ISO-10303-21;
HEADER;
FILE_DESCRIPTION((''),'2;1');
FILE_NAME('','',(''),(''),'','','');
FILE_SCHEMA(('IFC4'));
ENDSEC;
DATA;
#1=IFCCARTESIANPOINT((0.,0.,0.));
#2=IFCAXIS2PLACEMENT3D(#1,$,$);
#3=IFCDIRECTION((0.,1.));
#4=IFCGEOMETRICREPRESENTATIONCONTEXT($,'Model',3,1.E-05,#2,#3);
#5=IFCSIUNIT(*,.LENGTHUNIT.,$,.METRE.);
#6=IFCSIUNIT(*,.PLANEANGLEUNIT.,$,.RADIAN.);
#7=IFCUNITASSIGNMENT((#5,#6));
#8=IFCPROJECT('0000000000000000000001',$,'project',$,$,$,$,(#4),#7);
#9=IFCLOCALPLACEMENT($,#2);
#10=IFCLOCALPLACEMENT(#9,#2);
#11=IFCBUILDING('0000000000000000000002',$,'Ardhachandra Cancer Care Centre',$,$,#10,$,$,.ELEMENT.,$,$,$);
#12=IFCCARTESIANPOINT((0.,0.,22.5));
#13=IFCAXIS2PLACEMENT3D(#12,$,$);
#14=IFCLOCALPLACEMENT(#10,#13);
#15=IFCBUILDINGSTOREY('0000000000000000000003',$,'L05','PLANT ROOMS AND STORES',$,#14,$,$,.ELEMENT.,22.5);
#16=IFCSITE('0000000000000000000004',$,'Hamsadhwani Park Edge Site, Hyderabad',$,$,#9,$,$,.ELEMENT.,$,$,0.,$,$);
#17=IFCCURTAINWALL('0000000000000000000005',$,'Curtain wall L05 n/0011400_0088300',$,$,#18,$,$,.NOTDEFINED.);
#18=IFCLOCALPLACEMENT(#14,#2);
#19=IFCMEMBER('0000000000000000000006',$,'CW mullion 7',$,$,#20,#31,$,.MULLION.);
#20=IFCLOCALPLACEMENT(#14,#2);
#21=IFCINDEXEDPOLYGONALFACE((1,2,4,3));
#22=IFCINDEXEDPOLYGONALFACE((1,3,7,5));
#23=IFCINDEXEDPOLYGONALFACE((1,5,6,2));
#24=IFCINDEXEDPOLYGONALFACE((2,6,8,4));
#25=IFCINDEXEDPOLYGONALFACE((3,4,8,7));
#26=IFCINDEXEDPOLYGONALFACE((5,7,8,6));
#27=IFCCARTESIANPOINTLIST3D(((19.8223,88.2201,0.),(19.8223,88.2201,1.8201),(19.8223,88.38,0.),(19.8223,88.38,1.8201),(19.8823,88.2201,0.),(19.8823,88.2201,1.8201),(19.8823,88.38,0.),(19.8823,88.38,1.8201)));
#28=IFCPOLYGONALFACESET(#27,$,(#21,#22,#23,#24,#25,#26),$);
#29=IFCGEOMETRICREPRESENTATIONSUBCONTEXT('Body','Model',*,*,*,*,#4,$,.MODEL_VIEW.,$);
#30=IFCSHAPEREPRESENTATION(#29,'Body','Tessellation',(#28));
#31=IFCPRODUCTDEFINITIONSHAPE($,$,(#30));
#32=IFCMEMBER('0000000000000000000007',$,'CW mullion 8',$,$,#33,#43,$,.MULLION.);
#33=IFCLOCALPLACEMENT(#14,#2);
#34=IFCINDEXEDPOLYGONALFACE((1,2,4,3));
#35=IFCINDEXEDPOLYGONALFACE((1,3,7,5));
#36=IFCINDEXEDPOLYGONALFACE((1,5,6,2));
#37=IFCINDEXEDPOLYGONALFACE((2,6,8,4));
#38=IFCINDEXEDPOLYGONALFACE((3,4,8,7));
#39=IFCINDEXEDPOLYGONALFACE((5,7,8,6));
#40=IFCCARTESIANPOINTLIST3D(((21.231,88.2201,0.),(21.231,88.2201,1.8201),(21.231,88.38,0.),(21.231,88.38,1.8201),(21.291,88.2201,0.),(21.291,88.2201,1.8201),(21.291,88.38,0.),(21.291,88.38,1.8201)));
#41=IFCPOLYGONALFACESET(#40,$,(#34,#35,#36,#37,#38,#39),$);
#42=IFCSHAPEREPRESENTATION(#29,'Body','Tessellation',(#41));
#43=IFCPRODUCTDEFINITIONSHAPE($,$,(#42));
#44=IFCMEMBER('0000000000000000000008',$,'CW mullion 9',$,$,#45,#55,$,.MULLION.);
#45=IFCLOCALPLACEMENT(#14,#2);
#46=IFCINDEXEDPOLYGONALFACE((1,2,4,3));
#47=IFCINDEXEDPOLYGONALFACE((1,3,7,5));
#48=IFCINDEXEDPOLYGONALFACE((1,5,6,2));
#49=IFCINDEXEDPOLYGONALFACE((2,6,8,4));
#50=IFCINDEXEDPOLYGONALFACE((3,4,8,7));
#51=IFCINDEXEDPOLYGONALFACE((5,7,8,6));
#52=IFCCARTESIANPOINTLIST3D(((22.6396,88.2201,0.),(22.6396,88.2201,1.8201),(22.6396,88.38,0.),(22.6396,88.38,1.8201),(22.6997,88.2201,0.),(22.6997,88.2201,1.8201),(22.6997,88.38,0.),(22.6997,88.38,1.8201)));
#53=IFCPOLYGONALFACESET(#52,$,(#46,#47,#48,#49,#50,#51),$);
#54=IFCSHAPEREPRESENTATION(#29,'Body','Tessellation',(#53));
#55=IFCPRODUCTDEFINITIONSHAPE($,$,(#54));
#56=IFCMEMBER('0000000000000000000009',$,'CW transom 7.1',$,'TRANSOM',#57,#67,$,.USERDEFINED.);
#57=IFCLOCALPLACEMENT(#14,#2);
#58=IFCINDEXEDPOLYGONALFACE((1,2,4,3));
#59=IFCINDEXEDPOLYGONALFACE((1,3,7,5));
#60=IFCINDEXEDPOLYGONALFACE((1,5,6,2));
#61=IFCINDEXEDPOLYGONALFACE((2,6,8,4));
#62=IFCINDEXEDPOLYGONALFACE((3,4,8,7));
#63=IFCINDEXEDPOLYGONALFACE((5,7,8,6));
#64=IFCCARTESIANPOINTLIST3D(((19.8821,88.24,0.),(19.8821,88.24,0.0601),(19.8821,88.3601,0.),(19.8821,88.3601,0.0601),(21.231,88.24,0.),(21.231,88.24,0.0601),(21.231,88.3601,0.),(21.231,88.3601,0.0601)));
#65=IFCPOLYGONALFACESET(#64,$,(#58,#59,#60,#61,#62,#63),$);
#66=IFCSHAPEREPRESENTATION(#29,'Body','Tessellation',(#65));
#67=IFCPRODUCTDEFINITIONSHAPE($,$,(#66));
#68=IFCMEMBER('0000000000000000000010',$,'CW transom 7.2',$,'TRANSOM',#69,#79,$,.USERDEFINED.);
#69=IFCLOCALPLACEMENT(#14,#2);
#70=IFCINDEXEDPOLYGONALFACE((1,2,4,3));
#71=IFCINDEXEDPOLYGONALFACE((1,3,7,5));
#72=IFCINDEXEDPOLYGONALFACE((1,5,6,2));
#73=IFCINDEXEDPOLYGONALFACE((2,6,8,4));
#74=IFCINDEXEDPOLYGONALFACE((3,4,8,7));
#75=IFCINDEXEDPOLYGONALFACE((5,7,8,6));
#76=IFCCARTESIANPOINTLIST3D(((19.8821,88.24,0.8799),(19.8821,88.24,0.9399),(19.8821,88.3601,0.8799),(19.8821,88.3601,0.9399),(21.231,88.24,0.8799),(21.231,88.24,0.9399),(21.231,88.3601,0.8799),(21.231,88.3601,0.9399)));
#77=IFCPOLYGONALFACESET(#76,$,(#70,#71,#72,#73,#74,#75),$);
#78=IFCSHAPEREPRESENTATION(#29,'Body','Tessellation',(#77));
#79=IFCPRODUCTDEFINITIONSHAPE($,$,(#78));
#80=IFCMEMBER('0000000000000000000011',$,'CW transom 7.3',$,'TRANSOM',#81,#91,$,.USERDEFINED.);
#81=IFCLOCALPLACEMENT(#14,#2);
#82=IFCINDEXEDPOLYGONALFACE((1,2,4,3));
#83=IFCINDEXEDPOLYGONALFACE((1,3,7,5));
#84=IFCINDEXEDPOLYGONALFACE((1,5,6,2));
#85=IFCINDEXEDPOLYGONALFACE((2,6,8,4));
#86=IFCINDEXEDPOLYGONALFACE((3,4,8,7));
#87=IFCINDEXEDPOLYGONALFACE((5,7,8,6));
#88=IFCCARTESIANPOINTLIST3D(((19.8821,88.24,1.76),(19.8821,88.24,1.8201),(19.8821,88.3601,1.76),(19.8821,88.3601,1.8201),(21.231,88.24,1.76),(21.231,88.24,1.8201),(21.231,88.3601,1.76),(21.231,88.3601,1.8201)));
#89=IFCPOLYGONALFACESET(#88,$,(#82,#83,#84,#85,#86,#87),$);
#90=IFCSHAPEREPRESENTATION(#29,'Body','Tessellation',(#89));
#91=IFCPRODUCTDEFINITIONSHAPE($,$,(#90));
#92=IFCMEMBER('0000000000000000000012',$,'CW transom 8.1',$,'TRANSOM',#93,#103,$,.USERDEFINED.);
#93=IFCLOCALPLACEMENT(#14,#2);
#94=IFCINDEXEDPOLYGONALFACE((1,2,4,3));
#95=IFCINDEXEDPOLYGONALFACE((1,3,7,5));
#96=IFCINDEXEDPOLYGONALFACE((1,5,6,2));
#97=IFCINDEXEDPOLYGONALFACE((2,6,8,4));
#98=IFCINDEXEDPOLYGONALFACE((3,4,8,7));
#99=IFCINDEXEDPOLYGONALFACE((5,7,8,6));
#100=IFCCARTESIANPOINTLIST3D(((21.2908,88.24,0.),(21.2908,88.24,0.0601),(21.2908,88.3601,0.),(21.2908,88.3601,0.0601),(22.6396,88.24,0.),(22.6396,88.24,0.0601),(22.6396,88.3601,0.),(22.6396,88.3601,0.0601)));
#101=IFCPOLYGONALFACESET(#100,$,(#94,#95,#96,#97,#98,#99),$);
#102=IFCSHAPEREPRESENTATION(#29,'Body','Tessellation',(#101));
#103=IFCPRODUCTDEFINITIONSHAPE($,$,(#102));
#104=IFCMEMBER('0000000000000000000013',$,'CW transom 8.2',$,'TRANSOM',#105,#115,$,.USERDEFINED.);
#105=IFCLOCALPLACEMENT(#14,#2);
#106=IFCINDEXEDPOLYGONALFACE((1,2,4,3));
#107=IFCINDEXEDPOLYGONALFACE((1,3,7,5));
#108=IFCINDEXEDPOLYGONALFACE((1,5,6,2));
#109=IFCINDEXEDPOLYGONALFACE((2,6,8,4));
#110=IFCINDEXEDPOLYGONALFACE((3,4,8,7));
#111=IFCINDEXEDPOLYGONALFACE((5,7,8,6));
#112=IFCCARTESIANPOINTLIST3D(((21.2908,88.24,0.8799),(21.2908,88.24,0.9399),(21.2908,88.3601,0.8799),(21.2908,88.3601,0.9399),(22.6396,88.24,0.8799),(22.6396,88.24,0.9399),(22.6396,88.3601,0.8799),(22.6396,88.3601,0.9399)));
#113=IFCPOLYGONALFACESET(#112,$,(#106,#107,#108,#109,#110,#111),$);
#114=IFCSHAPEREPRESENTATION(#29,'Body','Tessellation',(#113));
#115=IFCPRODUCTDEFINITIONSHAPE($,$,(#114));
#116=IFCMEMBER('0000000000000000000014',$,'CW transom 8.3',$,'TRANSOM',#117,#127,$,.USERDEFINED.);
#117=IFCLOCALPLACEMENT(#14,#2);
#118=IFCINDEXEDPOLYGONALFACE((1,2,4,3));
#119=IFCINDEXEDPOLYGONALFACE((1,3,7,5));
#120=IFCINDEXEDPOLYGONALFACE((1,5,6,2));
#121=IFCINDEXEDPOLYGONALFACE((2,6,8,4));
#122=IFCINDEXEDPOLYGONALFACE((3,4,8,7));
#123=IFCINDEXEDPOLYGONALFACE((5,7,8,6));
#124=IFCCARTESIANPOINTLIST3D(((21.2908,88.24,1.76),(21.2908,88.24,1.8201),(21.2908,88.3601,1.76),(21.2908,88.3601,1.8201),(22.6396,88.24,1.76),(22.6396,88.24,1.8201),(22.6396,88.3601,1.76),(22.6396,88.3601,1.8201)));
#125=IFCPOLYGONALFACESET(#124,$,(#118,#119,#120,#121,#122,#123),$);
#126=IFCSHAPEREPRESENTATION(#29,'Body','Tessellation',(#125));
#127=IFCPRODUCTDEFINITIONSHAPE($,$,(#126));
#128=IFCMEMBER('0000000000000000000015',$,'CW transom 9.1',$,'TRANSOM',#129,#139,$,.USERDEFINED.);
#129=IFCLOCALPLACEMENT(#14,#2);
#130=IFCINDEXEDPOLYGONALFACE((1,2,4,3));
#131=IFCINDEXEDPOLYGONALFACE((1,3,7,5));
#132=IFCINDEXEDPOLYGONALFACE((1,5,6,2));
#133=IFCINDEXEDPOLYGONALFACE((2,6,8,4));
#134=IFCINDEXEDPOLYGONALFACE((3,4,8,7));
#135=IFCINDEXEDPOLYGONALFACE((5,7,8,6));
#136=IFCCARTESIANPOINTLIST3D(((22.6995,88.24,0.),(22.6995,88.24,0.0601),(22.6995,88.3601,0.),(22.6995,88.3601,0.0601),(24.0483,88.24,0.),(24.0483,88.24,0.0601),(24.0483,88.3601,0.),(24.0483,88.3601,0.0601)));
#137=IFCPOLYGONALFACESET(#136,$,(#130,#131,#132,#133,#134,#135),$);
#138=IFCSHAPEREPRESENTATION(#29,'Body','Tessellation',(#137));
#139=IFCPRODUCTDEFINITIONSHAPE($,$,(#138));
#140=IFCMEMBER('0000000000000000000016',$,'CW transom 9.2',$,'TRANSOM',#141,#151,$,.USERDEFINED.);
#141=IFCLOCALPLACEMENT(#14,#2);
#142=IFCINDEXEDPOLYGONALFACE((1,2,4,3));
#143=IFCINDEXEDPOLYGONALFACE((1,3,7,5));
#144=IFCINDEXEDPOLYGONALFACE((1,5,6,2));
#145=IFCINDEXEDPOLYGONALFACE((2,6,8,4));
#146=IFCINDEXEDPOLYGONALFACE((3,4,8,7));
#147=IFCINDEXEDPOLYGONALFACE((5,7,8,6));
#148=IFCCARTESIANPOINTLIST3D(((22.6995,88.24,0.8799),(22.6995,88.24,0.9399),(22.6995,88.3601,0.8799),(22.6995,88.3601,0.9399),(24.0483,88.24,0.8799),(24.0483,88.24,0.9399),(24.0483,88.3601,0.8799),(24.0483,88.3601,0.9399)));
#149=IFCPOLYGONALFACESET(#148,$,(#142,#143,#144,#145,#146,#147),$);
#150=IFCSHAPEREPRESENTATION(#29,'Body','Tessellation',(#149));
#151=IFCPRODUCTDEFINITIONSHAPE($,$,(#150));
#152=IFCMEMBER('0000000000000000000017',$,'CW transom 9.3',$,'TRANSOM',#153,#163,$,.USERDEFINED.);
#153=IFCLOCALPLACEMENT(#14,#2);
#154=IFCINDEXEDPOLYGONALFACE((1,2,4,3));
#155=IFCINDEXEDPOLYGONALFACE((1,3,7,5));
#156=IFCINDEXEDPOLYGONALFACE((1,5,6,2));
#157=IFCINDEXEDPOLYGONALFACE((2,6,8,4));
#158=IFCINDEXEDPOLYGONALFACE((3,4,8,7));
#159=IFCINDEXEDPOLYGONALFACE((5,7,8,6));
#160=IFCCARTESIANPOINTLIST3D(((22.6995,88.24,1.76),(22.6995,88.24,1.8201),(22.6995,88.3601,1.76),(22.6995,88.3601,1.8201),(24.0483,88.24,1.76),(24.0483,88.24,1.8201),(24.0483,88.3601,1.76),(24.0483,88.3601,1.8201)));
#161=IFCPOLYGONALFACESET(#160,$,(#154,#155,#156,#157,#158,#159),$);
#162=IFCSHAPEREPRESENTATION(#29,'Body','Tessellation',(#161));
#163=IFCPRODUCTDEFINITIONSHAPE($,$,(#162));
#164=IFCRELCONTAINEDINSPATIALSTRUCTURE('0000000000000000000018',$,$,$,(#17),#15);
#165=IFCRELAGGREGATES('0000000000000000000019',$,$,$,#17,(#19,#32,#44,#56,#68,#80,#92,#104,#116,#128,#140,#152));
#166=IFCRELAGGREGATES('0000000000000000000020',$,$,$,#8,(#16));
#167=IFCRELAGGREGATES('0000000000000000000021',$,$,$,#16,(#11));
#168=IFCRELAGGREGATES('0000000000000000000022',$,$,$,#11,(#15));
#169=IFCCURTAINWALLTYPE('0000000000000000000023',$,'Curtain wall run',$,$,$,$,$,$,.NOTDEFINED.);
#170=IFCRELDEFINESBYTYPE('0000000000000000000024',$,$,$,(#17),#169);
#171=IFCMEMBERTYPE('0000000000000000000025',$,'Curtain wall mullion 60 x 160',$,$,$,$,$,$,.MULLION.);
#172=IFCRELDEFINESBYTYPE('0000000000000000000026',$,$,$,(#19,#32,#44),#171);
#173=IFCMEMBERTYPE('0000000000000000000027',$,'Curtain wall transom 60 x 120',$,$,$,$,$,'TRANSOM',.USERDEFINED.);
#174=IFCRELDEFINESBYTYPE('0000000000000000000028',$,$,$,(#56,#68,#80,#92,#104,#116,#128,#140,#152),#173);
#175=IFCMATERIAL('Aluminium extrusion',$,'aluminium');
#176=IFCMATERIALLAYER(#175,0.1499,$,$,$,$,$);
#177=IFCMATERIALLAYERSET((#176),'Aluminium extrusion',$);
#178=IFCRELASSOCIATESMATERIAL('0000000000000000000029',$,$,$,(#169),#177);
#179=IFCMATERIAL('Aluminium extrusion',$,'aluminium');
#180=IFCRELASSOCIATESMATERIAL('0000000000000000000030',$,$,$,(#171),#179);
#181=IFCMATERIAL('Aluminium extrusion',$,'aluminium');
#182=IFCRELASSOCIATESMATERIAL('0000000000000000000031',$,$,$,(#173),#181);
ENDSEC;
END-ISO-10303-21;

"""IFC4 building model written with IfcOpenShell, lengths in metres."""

from ifc_helpers import new_model, si_unit, direction, frame, origin, origin_2d, place, context, subcontext, project, spatial, rectangle, extrude, material, layer, layer_set, material_profile, profile_set, type_object, element, aggregate, save


model = new_model("IFC4")

# Units and contexts
model_context = context("Model", 3, precision=1e-05, world=origin(), true_north=direction((0.0, 1.0)))
body_context = subcontext(model_context, "Body", "Model", "MODEL_VIEW")
ifc_project = project(units=[si_unit("LENGTHUNIT", "METRE"), si_unit("PLANEANGLEUNIT", "RADIAN")], contexts=[model_context])

# Site, building, storey
site_placement = place(None, origin())
site = spatial("IfcSite", under=ifc_project, at=site_placement, Name="Hamsadhwani Park Edge Site, Hyderabad", CompositionType="ELEMENT", RefElevation=0.0)
building_placement = place(site_placement, origin())
building = spatial("IfcBuilding", under=site, at=building_placement, Name="Ardhachandra Cancer Care Centre", CompositionType="ELEMENT")
storey_placement = place(building_placement, frame((0.0, 0.0, 22.5)))
storey = spatial("IfcBuildingStorey", under=building, at=storey_placement, Name="L05", Description="PLANT ROOMS AND STORES", CompositionType="ELEMENT", Elevation=22.5)

# Curtain wall, members
ifc_material_1 = material(Name="Aluminium extrusion", Category="aluminium")
ifc_layer_1 = layer(ifc_material_1, 0.1499)
ifc_layer_set_1 = layer_set([ifc_layer_1], Name="Aluminium extrusion")
curtain_wall_type = type_object("IfcCurtainWallType", Name="Curtain wall run", PredefinedType="NOTDEFINED", material=ifc_layer_set_1)
curtain_wall_placement = place(storey_placement, origin())
curtain_wall = element("IfcCurtainWall", 1, at=curtain_wall_placement, inside=storey, type_object=curtain_wall_type, Name="Curtain wall L05 n/0011400_0088300", PredefinedType="NOTDEFINED")
ifc_material_2 = material(Name="Aluminium extrusion", Category="aluminium")
ifc_material_profile_1 = material_profile(ifc_material_2, rectangle(XDim=0.1599, YDim=0.0601, at=origin_2d()), Name="Curtain wall mullion 60 x 160")
ifc_profile_set_1 = profile_set([ifc_material_profile_1], Name="Aluminium extrusion")
member_type_1 = type_object("IfcMemberType", Name="Curtain wall mullion 60 x 160", PredefinedType="MULLION", material=ifc_profile_set_1)
member_1_placement = place(storey_placement, frame((19.8523, 88.3, 0.0), z_axis=(0.0, 0.0, 1.0), x_axis=(0.0, 1.0, 0.0)))
member_1 = element("IfcMember", 2, at=member_1_placement, type_object=member_type_1, Name="CW mullion 7", PredefinedType="MULLION", context=body_context, shape_type="SweptSolid", body=[
    extrude(rectangle(XDim=0.1599, YDim=0.0601, at=origin_2d()), origin(), (0.0, 0.0, 1.0), 1.8201),
])
member_2_placement = place(storey_placement, frame((21.261, 88.3, 0.0), z_axis=(0.0, 0.0, 1.0), x_axis=(0.0, 1.0, 0.0)))
member_2 = element("IfcMember", 3, at=member_2_placement, type_object=member_type_1, Name="CW mullion 8", PredefinedType="MULLION", context=body_context, shape_type="SweptSolid", body=[
    extrude(rectangle(XDim=0.1599, YDim=0.0601, at=origin_2d()), origin(), (0.0, 0.0, 1.0), 1.8201),
])
member_3_placement = place(storey_placement, frame((22.6697, 88.3, 0.0), z_axis=(0.0, 0.0, 1.0), x_axis=(0.0, 1.0, 0.0)))
member_3 = element("IfcMember", 4, at=member_3_placement, type_object=member_type_1, Name="CW mullion 9", PredefinedType="MULLION", context=body_context, shape_type="SweptSolid", body=[
    extrude(rectangle(XDim=0.1599, YDim=0.0601, at=origin_2d()), origin(), (0.0, 0.0, 1.0), 1.8201),
])
ifc_material_3 = material(Name="Aluminium extrusion", Category="aluminium")
ifc_material_profile_2 = material_profile(ifc_material_3, rectangle(XDim=0.1201, YDim=0.0601, at=origin_2d()), Name="Curtain wall transom 60 x 120")
ifc_profile_set_2 = profile_set([ifc_material_profile_2], Name="Aluminium extrusion")
member_type_2 = type_object("IfcMemberType", Name="Curtain wall transom 60 x 120", ElementType="TRANSOM", PredefinedType="USERDEFINED", material=ifc_profile_set_2)
member_4_placement = place(storey_placement, frame((19.8821, 88.3, 0.03), z_axis=(1.0, 0.0, 0.0), x_axis=(0.0, 1.0, 0.0)))
member_4 = element("IfcMember", 5, at=member_4_placement, type_object=member_type_2, Name="CW transom 7.1", ObjectType="TRANSOM", PredefinedType="USERDEFINED", context=body_context, shape_type="SweptSolid", body=[
    extrude(rectangle(XDim=0.1201, YDim=0.0601, at=origin_2d()), origin(), (0.0, 0.0, 1.0), 1.3489),
])
member_5_placement = place(storey_placement, frame((19.8821, 88.3, 0.9099), z_axis=(1.0, 0.0, 0.0), x_axis=(0.0, 1.0, 0.0)))
member_5 = element("IfcMember", 6, at=member_5_placement, type_object=member_type_2, Name="CW transom 7.2", ObjectType="TRANSOM", PredefinedType="USERDEFINED", context=body_context, shape_type="SweptSolid", body=[
    extrude(rectangle(XDim=0.1201, YDim=0.0601, at=origin_2d()), origin(), (0.0, 0.0, 1.0), 1.3489),
])
member_6_placement = place(storey_placement, frame((19.8821, 88.3, 1.79), z_axis=(1.0, 0.0, 0.0), x_axis=(0.0, 1.0, 0.0)))
member_6 = element("IfcMember", 7, at=member_6_placement, type_object=member_type_2, Name="CW transom 7.3", ObjectType="TRANSOM", PredefinedType="USERDEFINED", context=body_context, shape_type="SweptSolid", body=[
    extrude(rectangle(XDim=0.1201, YDim=0.0601, at=origin_2d()), origin(), (0.0, 0.0, 1.0), 1.3489),
])
member_7_placement = place(storey_placement, frame((21.2908, 88.3, 0.03), z_axis=(1.0, 0.0, 0.0), x_axis=(0.0, 1.0, 0.0)))
member_7 = element("IfcMember", 8, at=member_7_placement, type_object=member_type_2, Name="CW transom 8.1", ObjectType="TRANSOM", PredefinedType="USERDEFINED", context=body_context, shape_type="SweptSolid", body=[
    extrude(rectangle(XDim=0.1201, YDim=0.0601, at=origin_2d()), origin(), (0.0, 0.0, 1.0), 1.3489),
])
member_8_placement = place(storey_placement, frame((21.2908, 88.3, 0.9099), z_axis=(1.0, 0.0, 0.0), x_axis=(0.0, 1.0, 0.0)))
member_8 = element("IfcMember", 9, at=member_8_placement, type_object=member_type_2, Name="CW transom 8.2", ObjectType="TRANSOM", PredefinedType="USERDEFINED", context=body_context, shape_type="SweptSolid", body=[
    extrude(rectangle(XDim=0.1201, YDim=0.0601, at=origin_2d()), origin(), (0.0, 0.0, 1.0), 1.3489),
])
member_9_placement = place(storey_placement, frame((21.2908, 88.3, 1.79), z_axis=(1.0, 0.0, 0.0), x_axis=(0.0, 1.0, 0.0)))
member_9 = element("IfcMember", 10, at=member_9_placement, type_object=member_type_2, Name="CW transom 8.3", ObjectType="TRANSOM", PredefinedType="USERDEFINED", context=body_context, shape_type="SweptSolid", body=[
    extrude(rectangle(XDim=0.1201, YDim=0.0601, at=origin_2d()), origin(), (0.0, 0.0, 1.0), 1.3489),
])
member_10_placement = place(storey_placement, frame((22.6995, 88.3, 0.03), z_axis=(1.0, 0.0, 0.0), x_axis=(0.0, 1.0, 0.0)))
member_10 = element("IfcMember", 11, at=member_10_placement, type_object=member_type_2, Name="CW transom 9.1", ObjectType="TRANSOM", PredefinedType="USERDEFINED", context=body_context, shape_type="SweptSolid", body=[
    extrude(rectangle(XDim=0.1201, YDim=0.0601, at=origin_2d()), origin(), (0.0, 0.0, 1.0), 1.3489),
])
member_11_placement = place(storey_placement, frame((22.6995, 88.3, 0.9099), z_axis=(1.0, 0.0, 0.0), x_axis=(0.0, 1.0, 0.0)))
member_11 = element("IfcMember", 12, at=member_11_placement, type_object=member_type_2, Name="CW transom 9.2", ObjectType="TRANSOM", PredefinedType="USERDEFINED", context=body_context, shape_type="SweptSolid", body=[
    extrude(rectangle(XDim=0.1201, YDim=0.0601, at=origin_2d()), origin(), (0.0, 0.0, 1.0), 1.3489),
])
member_12_placement = place(storey_placement, frame((22.6995, 88.3, 1.79), z_axis=(1.0, 0.0, 0.0), x_axis=(0.0, 1.0, 0.0)))
member_12 = element("IfcMember", 13, at=member_12_placement, type_object=member_type_2, Name="CW transom 9.3", ObjectType="TRANSOM", PredefinedType="USERDEFINED", context=body_context, shape_type="SweptSolid", body=[
    extrude(rectangle(XDim=0.1201, YDim=0.0601, at=origin_2d()), origin(), (0.0, 0.0, 1.0), 1.3489),
])

aggregate(curtain_wall, [member_1, member_2, member_3, member_4, member_5, member_6, member_7, member_8, member_9, member_10, member_11, member_12])

save(model, "model.ifc")
